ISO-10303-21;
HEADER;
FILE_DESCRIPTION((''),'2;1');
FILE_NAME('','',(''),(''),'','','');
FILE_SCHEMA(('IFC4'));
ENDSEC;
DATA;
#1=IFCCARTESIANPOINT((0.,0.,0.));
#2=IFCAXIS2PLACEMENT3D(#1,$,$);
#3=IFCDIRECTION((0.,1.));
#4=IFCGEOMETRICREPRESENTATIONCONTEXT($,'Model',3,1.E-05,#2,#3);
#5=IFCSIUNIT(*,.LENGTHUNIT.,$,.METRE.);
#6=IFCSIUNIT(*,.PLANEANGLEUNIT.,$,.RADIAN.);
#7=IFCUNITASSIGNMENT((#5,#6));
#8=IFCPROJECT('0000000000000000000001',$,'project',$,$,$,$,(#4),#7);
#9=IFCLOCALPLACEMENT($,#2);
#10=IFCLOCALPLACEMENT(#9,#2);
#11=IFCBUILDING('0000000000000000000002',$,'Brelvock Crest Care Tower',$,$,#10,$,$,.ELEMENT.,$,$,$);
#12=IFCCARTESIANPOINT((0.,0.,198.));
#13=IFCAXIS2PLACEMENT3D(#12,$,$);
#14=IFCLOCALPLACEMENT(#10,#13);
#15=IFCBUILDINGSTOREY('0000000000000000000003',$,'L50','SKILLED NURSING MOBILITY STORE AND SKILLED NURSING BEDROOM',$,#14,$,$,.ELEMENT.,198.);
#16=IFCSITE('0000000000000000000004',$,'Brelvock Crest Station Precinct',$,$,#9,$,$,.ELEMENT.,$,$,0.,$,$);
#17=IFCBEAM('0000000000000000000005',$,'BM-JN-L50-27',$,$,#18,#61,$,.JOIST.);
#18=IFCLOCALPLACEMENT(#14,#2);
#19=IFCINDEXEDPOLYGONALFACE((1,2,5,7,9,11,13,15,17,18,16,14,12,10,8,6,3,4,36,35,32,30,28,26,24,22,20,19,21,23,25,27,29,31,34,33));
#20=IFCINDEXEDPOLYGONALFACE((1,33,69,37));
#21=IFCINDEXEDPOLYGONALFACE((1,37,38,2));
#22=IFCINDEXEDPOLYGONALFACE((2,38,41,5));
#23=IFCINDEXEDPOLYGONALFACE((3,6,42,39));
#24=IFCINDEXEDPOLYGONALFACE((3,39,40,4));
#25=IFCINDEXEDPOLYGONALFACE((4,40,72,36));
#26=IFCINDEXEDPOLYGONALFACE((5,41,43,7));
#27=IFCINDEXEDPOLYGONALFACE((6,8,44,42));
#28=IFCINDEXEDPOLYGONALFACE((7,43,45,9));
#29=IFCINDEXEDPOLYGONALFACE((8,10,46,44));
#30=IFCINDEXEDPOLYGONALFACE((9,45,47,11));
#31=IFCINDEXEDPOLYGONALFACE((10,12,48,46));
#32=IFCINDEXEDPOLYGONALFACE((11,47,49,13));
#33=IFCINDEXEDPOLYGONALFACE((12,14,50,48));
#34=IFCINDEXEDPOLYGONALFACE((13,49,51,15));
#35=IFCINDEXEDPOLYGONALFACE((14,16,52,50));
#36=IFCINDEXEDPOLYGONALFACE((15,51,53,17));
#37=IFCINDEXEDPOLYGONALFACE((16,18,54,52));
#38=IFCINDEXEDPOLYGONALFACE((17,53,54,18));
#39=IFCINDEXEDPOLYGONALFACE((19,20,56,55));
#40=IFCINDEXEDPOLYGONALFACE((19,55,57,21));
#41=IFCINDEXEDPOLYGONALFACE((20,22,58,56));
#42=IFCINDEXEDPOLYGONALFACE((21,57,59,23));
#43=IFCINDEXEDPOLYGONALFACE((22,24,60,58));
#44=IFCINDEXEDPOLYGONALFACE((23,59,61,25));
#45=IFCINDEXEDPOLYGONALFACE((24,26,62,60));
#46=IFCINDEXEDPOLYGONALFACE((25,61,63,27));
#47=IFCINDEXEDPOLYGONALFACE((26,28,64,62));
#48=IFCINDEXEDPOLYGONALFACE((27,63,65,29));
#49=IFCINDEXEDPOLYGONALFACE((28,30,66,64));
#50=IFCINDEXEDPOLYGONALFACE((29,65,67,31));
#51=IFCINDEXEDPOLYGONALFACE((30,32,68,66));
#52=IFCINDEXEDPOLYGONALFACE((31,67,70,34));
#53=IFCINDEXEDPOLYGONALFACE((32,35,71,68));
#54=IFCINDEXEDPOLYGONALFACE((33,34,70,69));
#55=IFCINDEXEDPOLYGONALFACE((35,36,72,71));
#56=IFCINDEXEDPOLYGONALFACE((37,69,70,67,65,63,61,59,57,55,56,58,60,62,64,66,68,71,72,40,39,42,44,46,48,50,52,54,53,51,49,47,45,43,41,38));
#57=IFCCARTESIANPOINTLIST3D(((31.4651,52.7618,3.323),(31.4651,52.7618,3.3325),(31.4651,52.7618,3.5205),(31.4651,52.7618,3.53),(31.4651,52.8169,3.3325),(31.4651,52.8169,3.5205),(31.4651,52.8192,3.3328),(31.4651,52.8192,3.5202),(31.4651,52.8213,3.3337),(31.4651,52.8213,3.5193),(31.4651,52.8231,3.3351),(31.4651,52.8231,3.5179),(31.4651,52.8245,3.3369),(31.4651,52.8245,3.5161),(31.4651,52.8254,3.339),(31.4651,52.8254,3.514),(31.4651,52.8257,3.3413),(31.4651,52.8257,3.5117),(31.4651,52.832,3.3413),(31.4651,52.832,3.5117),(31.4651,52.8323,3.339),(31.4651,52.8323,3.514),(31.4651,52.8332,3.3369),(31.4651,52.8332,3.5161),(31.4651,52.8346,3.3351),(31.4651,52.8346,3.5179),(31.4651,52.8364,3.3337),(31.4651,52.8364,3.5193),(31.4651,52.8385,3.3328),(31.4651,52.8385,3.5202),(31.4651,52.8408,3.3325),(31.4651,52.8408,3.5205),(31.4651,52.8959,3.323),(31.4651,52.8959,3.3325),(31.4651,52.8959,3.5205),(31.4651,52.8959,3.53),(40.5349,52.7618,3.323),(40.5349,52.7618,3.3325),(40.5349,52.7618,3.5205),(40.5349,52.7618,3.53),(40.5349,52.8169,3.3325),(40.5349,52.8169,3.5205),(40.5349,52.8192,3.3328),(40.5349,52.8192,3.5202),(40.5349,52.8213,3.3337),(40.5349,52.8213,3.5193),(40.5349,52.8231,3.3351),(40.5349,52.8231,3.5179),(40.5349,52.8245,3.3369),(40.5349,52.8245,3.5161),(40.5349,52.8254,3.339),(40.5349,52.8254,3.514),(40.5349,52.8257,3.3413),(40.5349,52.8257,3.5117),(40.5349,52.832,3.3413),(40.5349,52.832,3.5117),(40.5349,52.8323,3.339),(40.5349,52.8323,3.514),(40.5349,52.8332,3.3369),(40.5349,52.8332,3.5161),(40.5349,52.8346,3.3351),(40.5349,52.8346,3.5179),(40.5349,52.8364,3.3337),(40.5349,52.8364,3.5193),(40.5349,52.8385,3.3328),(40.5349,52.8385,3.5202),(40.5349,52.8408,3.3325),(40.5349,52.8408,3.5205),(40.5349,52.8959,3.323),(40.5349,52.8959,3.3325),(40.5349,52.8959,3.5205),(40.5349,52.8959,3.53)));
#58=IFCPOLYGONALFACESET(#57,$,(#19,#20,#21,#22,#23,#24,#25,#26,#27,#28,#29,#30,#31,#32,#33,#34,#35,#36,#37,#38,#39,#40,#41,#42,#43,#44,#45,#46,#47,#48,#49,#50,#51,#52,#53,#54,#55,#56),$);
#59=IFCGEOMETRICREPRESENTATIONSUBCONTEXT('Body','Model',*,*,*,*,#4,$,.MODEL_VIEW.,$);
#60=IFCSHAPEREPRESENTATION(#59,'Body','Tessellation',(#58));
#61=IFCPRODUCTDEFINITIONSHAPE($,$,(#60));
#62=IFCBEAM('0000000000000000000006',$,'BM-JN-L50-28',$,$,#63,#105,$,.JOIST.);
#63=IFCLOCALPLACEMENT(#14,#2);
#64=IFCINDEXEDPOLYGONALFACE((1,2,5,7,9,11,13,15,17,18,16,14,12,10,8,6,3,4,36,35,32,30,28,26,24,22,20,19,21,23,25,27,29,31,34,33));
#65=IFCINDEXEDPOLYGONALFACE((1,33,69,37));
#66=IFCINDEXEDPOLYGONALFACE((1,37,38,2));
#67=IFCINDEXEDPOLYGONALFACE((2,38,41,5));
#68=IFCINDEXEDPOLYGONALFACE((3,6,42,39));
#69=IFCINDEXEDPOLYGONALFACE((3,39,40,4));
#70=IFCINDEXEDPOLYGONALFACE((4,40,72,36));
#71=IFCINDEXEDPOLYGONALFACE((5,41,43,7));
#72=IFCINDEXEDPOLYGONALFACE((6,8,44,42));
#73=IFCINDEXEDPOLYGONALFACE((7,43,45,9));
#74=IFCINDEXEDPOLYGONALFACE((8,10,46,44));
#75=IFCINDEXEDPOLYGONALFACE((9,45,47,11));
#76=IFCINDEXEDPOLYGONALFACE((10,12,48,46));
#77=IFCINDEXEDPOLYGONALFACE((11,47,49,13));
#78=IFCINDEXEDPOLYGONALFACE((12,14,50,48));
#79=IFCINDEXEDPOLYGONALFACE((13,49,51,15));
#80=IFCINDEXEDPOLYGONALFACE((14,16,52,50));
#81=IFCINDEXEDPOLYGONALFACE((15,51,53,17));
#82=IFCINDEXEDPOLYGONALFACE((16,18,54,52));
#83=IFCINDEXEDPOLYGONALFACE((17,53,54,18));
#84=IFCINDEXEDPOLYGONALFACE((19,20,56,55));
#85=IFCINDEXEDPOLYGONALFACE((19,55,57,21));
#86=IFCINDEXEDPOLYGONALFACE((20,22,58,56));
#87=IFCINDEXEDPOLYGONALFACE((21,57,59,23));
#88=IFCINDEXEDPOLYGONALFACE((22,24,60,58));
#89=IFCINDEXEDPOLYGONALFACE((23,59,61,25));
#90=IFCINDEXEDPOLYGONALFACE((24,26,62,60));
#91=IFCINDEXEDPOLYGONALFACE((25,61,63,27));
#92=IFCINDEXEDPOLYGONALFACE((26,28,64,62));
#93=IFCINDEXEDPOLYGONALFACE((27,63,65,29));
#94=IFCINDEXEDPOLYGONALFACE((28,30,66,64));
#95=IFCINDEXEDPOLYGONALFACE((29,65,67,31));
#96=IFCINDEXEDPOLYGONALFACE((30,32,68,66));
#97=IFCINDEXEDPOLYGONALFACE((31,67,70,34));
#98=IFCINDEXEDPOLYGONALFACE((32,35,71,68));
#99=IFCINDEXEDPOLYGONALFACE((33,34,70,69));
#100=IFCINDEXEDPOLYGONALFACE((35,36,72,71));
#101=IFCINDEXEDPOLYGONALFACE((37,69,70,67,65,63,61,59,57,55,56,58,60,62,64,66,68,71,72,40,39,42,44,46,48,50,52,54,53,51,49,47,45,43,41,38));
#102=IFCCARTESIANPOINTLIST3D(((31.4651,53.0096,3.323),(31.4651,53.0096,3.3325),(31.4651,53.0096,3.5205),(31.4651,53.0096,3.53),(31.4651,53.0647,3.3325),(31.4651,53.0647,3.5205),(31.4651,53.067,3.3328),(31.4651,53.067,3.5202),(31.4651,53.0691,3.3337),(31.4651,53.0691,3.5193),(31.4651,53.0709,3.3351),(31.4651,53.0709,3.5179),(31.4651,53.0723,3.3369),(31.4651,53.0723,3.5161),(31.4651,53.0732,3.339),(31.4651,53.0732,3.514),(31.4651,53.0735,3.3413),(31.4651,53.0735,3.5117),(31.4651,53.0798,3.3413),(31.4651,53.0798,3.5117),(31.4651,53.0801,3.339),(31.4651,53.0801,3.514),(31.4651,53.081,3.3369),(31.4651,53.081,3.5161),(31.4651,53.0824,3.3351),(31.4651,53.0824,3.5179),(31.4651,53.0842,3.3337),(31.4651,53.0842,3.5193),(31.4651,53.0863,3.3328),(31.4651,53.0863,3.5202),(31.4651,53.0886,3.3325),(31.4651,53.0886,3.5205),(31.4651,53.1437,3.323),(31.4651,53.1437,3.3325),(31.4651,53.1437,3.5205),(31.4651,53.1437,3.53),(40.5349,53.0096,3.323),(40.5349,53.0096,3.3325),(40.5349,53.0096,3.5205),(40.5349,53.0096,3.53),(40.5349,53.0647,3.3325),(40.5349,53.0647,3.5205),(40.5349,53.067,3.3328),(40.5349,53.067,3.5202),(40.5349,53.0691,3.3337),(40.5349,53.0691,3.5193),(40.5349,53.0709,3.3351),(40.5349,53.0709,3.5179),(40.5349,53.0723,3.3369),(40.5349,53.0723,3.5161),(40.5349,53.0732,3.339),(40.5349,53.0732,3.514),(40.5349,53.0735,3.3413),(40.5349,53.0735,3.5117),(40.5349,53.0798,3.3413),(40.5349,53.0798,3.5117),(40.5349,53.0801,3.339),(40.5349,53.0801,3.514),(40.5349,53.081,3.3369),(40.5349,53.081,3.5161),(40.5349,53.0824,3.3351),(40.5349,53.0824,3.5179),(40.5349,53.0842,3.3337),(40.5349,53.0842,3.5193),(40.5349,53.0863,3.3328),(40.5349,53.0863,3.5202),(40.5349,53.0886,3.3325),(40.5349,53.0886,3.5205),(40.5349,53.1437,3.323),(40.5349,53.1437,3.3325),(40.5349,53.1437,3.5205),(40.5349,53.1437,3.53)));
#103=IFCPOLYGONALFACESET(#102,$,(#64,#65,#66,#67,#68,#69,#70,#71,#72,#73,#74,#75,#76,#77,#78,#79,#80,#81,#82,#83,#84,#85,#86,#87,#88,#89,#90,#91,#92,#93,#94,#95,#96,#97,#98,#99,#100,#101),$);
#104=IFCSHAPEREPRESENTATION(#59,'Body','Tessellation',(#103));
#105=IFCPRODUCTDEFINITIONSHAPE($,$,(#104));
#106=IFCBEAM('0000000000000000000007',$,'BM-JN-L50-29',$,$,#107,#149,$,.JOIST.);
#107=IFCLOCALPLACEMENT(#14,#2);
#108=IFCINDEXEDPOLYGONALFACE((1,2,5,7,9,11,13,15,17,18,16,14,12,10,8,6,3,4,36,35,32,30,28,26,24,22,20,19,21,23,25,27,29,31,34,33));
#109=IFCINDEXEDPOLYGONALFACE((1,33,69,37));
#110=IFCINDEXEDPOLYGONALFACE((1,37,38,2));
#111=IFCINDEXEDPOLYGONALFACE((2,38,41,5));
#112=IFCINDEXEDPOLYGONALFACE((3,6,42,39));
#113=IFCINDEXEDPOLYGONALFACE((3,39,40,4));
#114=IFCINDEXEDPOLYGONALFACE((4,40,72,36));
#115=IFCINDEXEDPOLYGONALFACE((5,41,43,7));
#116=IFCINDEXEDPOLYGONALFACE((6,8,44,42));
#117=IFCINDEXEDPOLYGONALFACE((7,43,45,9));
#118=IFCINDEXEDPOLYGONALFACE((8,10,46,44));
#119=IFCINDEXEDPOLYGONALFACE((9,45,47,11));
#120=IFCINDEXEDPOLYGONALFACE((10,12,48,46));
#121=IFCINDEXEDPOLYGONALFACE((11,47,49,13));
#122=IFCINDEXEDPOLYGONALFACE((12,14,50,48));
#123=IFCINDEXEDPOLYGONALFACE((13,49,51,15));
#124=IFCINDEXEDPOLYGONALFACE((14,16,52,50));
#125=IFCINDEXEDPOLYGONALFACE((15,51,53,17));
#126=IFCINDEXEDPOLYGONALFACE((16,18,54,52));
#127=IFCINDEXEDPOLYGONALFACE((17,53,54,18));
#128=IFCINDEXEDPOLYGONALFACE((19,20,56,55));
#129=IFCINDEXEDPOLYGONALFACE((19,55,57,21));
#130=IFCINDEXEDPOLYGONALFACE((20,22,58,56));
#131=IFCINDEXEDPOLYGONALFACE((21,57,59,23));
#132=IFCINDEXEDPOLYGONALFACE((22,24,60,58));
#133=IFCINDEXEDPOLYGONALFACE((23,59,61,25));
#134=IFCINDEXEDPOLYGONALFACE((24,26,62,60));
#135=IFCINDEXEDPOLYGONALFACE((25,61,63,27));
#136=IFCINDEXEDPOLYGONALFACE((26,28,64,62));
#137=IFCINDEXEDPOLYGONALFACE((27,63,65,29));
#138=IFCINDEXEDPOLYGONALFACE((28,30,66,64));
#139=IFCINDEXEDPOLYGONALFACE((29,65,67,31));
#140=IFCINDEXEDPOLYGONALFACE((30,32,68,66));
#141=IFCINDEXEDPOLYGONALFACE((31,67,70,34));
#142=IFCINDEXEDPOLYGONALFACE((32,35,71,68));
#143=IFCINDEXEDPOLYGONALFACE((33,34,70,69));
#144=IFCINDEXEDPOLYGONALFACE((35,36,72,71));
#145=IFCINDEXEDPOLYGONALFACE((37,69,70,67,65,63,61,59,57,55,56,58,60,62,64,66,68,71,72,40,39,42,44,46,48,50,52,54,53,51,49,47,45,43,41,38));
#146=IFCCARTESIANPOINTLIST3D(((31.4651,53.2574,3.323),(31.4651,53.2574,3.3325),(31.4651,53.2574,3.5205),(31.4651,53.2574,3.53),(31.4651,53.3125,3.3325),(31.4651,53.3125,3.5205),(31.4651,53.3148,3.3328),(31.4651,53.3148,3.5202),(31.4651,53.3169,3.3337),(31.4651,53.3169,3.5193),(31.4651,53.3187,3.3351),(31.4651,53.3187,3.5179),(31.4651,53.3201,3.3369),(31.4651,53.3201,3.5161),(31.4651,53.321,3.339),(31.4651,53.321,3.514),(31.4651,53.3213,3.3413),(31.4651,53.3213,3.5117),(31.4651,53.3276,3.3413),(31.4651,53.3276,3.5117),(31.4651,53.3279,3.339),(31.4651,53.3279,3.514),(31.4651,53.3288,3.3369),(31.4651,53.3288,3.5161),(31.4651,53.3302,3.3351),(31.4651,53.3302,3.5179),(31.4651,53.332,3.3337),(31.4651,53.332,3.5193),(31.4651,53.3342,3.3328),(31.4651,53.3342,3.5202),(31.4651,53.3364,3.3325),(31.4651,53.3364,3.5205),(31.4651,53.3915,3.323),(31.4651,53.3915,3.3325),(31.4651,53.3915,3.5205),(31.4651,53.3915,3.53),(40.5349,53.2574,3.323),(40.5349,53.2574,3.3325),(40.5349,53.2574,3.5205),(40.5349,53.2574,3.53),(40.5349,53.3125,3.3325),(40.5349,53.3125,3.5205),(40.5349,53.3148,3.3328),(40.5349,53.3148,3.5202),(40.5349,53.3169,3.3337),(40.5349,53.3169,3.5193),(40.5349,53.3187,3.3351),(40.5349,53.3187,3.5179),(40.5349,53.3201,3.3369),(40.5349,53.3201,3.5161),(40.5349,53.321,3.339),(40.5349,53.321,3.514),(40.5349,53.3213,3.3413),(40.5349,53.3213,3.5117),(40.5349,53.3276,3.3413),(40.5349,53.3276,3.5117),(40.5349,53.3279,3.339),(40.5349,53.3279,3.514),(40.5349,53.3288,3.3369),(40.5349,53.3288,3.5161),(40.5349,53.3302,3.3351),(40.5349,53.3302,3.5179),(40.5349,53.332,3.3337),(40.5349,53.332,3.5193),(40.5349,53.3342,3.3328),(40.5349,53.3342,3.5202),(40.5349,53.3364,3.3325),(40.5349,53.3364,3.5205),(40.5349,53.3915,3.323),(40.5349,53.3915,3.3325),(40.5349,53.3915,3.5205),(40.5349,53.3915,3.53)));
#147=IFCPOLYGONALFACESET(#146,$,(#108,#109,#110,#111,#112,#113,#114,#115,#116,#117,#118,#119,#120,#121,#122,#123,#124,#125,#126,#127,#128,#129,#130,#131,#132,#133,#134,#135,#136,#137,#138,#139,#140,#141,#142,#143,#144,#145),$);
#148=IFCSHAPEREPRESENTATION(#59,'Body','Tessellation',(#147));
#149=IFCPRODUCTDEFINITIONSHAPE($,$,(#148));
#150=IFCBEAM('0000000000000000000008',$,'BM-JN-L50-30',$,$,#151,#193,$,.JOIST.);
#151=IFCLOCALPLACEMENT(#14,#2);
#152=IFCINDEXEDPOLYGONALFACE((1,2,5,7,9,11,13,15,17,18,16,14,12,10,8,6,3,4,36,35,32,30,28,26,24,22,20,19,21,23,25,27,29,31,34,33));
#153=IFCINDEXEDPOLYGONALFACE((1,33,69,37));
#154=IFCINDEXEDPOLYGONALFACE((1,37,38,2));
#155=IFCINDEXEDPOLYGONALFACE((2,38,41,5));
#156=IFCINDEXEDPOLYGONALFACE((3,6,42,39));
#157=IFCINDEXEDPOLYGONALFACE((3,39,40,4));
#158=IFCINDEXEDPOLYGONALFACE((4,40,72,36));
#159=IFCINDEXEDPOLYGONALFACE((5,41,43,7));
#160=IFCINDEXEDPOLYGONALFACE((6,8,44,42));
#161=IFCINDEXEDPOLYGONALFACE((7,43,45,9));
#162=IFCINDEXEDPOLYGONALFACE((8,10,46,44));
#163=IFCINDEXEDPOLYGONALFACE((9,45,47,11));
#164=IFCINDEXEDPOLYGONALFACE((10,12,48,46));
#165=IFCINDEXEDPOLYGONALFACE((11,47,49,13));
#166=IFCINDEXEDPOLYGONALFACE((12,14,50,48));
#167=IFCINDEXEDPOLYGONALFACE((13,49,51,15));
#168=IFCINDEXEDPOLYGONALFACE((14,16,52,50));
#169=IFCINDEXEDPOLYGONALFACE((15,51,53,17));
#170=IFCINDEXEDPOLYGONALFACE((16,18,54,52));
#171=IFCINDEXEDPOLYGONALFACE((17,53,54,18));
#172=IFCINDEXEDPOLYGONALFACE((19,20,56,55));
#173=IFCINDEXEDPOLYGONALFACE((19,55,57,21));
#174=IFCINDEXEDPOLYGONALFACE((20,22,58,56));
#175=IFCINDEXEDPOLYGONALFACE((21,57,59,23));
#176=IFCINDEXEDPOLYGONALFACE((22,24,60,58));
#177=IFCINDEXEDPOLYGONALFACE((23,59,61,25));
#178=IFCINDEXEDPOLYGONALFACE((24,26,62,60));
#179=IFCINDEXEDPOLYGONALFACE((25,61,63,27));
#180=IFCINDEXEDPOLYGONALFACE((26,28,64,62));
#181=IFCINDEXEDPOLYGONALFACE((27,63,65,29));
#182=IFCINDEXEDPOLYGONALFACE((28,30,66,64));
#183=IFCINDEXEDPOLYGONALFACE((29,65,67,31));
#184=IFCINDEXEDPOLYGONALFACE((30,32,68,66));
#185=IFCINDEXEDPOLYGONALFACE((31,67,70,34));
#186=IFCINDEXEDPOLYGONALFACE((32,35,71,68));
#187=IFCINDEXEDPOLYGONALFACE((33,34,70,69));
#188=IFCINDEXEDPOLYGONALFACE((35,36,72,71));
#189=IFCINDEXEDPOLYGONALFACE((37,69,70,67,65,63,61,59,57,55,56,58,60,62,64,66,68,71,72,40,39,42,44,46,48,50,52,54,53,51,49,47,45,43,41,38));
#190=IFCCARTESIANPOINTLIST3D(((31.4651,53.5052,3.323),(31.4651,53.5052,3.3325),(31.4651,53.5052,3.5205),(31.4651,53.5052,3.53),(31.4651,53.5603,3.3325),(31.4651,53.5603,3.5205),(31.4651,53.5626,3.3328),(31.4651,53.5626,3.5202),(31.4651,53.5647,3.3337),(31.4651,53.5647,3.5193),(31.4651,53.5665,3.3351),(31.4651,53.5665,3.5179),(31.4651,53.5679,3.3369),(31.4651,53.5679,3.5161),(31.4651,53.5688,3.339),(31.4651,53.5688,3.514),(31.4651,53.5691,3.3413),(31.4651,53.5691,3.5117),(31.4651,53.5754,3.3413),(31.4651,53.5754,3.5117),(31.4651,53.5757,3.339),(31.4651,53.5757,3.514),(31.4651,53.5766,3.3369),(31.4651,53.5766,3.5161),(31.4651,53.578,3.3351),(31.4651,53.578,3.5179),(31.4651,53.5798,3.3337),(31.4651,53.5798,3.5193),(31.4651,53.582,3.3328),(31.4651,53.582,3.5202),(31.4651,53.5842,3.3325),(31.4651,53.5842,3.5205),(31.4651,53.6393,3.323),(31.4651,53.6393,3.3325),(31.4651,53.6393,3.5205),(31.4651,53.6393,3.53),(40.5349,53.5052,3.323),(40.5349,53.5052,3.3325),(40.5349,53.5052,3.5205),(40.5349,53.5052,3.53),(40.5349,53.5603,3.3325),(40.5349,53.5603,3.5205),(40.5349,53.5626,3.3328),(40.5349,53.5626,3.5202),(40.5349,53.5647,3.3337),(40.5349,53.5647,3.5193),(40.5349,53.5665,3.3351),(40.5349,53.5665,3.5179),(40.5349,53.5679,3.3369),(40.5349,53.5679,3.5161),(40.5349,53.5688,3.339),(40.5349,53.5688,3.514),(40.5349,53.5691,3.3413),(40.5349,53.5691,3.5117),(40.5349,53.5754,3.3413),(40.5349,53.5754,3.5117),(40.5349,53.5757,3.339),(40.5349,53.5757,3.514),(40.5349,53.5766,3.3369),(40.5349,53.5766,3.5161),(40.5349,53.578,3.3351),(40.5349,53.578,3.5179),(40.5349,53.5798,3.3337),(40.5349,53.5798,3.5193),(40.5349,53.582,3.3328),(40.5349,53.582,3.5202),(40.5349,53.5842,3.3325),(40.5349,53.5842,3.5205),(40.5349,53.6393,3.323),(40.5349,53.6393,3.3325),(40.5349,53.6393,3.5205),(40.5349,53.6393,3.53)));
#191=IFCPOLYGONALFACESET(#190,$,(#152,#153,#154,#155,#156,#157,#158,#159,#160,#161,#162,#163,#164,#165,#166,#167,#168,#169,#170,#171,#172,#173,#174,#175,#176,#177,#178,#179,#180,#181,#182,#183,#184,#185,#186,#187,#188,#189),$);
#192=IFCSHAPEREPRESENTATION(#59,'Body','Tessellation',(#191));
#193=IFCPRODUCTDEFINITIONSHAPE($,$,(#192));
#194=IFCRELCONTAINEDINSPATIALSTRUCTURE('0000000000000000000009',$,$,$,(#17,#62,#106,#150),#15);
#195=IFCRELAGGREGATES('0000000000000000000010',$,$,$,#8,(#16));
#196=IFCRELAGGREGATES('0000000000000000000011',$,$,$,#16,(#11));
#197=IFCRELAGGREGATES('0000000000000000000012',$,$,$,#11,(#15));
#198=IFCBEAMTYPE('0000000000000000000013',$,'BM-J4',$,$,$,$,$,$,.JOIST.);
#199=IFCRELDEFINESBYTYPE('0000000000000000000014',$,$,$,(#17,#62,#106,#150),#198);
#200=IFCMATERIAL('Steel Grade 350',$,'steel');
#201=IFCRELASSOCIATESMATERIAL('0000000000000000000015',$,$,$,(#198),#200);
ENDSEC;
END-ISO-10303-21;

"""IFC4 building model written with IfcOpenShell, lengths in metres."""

from ifc_helpers import new_model, si_unit, direction, frame, origin, origin_2d, place, context, subcontext, project, spatial, i_section, extrude, source, transform, mapped, material, material_profile, profile_set, type_object, element, save


model = new_model("IFC4")

# Units and contexts
model_context = context("Model", 3, precision=1e-05, world=origin(), true_north=direction((0.0, 1.0)))
body_context = subcontext(model_context, "Body", "Model", "MODEL_VIEW")
ifc_project = project(units=[si_unit("LENGTHUNIT", "METRE"), si_unit("PLANEANGLEUNIT", "RADIAN")], contexts=[model_context])

# Site, building, storey
site_placement = place(None, origin())
site = spatial("IfcSite", under=ifc_project, at=site_placement, Name="Brelvock Crest Station Precinct", CompositionType="ELEMENT", RefElevation=0.0)
building_placement = place(site_placement, origin())
building = spatial("IfcBuilding", under=site, at=building_placement, Name="Brelvock Crest Care Tower", CompositionType="ELEMENT")
storey_placement = place(building_placement, frame((0.0, 0.0, 198.0)))
storey = spatial("IfcBuildingStorey", under=building, at=storey_placement, Name="L50", Description="SKILLED NURSING MOBILITY STORE AND SKILLED NURSING BEDROOM", CompositionType="ELEMENT", Elevation=198.0)

# Shared definitions
ifc_material_1 = material(Name="Steel Grade 350", Category="steel")

# Beams
ifc_material_profile_1 = material_profile(ifc_material_1, i_section(OverallWidth=0.134, OverallDepth=0.207, WebThickness=0.0063, FlangeThickness=0.0095, FilletRadius=0.0088, at=origin_2d()), Name="200UB29.8")
ifc_profile_set_1 = profile_set([ifc_material_profile_1], Name="Steel Grade 350")
beam_type_1 = type_object("IfcBeamType", Name="BM-J4", PredefinedType="JOIST", material=ifc_profile_set_1)
shared_shape_1 = source(origin(), body_context, "Body", "SweptSolid", [
    extrude(i_section(OverallWidth=0.134, OverallDepth=0.207, WebThickness=0.0063, FlangeThickness=0.0095, FilletRadius=0.0088, at=origin_2d()), origin(), (0.0, 0.0, 1.0), 9.0698),
])
for number, where, z_axis, x_axis, name in (
    (1, (31.4651, 52.8289, 3.4265), (1.0, 0.0, 0.0), (0.0, 1.0, 0.0), "BM-JN-L50-27"),
    (2, (31.4651, 53.0767, 3.4265), (1.0, 0.0, 0.0), (0.0, 1.0, 0.0), "BM-JN-L50-28"),
    (3, (31.4651, 53.3245, 3.4265), (1.0, 0.0, 0.0), (0.0, 1.0, 0.0), "BM-JN-L50-29"),
    (4, (31.4651, 53.5723, 3.4265), (1.0, 0.0, 0.0), (0.0, 1.0, 0.0), "BM-JN-L50-30"),
):
    element("IfcBeam", number, at=place(storey_placement, frame(where, z_axis=z_axis, x_axis=x_axis)), inside=storey, type_object=beam_type_1, Name=name, PredefinedType="JOIST", context=body_context, shape_type="MappedRepresentation", body=[
        mapped(shared_shape_1, transform((0.0, 0.0, 0.0), x_axis=(1.0, 0.0, 0.0), y_axis=(0.0, 1.0, 0.0), z_axis=(0.0, 0.0, 1.0), scale=1.0)),
    ])

save(model, "model.ifc")
